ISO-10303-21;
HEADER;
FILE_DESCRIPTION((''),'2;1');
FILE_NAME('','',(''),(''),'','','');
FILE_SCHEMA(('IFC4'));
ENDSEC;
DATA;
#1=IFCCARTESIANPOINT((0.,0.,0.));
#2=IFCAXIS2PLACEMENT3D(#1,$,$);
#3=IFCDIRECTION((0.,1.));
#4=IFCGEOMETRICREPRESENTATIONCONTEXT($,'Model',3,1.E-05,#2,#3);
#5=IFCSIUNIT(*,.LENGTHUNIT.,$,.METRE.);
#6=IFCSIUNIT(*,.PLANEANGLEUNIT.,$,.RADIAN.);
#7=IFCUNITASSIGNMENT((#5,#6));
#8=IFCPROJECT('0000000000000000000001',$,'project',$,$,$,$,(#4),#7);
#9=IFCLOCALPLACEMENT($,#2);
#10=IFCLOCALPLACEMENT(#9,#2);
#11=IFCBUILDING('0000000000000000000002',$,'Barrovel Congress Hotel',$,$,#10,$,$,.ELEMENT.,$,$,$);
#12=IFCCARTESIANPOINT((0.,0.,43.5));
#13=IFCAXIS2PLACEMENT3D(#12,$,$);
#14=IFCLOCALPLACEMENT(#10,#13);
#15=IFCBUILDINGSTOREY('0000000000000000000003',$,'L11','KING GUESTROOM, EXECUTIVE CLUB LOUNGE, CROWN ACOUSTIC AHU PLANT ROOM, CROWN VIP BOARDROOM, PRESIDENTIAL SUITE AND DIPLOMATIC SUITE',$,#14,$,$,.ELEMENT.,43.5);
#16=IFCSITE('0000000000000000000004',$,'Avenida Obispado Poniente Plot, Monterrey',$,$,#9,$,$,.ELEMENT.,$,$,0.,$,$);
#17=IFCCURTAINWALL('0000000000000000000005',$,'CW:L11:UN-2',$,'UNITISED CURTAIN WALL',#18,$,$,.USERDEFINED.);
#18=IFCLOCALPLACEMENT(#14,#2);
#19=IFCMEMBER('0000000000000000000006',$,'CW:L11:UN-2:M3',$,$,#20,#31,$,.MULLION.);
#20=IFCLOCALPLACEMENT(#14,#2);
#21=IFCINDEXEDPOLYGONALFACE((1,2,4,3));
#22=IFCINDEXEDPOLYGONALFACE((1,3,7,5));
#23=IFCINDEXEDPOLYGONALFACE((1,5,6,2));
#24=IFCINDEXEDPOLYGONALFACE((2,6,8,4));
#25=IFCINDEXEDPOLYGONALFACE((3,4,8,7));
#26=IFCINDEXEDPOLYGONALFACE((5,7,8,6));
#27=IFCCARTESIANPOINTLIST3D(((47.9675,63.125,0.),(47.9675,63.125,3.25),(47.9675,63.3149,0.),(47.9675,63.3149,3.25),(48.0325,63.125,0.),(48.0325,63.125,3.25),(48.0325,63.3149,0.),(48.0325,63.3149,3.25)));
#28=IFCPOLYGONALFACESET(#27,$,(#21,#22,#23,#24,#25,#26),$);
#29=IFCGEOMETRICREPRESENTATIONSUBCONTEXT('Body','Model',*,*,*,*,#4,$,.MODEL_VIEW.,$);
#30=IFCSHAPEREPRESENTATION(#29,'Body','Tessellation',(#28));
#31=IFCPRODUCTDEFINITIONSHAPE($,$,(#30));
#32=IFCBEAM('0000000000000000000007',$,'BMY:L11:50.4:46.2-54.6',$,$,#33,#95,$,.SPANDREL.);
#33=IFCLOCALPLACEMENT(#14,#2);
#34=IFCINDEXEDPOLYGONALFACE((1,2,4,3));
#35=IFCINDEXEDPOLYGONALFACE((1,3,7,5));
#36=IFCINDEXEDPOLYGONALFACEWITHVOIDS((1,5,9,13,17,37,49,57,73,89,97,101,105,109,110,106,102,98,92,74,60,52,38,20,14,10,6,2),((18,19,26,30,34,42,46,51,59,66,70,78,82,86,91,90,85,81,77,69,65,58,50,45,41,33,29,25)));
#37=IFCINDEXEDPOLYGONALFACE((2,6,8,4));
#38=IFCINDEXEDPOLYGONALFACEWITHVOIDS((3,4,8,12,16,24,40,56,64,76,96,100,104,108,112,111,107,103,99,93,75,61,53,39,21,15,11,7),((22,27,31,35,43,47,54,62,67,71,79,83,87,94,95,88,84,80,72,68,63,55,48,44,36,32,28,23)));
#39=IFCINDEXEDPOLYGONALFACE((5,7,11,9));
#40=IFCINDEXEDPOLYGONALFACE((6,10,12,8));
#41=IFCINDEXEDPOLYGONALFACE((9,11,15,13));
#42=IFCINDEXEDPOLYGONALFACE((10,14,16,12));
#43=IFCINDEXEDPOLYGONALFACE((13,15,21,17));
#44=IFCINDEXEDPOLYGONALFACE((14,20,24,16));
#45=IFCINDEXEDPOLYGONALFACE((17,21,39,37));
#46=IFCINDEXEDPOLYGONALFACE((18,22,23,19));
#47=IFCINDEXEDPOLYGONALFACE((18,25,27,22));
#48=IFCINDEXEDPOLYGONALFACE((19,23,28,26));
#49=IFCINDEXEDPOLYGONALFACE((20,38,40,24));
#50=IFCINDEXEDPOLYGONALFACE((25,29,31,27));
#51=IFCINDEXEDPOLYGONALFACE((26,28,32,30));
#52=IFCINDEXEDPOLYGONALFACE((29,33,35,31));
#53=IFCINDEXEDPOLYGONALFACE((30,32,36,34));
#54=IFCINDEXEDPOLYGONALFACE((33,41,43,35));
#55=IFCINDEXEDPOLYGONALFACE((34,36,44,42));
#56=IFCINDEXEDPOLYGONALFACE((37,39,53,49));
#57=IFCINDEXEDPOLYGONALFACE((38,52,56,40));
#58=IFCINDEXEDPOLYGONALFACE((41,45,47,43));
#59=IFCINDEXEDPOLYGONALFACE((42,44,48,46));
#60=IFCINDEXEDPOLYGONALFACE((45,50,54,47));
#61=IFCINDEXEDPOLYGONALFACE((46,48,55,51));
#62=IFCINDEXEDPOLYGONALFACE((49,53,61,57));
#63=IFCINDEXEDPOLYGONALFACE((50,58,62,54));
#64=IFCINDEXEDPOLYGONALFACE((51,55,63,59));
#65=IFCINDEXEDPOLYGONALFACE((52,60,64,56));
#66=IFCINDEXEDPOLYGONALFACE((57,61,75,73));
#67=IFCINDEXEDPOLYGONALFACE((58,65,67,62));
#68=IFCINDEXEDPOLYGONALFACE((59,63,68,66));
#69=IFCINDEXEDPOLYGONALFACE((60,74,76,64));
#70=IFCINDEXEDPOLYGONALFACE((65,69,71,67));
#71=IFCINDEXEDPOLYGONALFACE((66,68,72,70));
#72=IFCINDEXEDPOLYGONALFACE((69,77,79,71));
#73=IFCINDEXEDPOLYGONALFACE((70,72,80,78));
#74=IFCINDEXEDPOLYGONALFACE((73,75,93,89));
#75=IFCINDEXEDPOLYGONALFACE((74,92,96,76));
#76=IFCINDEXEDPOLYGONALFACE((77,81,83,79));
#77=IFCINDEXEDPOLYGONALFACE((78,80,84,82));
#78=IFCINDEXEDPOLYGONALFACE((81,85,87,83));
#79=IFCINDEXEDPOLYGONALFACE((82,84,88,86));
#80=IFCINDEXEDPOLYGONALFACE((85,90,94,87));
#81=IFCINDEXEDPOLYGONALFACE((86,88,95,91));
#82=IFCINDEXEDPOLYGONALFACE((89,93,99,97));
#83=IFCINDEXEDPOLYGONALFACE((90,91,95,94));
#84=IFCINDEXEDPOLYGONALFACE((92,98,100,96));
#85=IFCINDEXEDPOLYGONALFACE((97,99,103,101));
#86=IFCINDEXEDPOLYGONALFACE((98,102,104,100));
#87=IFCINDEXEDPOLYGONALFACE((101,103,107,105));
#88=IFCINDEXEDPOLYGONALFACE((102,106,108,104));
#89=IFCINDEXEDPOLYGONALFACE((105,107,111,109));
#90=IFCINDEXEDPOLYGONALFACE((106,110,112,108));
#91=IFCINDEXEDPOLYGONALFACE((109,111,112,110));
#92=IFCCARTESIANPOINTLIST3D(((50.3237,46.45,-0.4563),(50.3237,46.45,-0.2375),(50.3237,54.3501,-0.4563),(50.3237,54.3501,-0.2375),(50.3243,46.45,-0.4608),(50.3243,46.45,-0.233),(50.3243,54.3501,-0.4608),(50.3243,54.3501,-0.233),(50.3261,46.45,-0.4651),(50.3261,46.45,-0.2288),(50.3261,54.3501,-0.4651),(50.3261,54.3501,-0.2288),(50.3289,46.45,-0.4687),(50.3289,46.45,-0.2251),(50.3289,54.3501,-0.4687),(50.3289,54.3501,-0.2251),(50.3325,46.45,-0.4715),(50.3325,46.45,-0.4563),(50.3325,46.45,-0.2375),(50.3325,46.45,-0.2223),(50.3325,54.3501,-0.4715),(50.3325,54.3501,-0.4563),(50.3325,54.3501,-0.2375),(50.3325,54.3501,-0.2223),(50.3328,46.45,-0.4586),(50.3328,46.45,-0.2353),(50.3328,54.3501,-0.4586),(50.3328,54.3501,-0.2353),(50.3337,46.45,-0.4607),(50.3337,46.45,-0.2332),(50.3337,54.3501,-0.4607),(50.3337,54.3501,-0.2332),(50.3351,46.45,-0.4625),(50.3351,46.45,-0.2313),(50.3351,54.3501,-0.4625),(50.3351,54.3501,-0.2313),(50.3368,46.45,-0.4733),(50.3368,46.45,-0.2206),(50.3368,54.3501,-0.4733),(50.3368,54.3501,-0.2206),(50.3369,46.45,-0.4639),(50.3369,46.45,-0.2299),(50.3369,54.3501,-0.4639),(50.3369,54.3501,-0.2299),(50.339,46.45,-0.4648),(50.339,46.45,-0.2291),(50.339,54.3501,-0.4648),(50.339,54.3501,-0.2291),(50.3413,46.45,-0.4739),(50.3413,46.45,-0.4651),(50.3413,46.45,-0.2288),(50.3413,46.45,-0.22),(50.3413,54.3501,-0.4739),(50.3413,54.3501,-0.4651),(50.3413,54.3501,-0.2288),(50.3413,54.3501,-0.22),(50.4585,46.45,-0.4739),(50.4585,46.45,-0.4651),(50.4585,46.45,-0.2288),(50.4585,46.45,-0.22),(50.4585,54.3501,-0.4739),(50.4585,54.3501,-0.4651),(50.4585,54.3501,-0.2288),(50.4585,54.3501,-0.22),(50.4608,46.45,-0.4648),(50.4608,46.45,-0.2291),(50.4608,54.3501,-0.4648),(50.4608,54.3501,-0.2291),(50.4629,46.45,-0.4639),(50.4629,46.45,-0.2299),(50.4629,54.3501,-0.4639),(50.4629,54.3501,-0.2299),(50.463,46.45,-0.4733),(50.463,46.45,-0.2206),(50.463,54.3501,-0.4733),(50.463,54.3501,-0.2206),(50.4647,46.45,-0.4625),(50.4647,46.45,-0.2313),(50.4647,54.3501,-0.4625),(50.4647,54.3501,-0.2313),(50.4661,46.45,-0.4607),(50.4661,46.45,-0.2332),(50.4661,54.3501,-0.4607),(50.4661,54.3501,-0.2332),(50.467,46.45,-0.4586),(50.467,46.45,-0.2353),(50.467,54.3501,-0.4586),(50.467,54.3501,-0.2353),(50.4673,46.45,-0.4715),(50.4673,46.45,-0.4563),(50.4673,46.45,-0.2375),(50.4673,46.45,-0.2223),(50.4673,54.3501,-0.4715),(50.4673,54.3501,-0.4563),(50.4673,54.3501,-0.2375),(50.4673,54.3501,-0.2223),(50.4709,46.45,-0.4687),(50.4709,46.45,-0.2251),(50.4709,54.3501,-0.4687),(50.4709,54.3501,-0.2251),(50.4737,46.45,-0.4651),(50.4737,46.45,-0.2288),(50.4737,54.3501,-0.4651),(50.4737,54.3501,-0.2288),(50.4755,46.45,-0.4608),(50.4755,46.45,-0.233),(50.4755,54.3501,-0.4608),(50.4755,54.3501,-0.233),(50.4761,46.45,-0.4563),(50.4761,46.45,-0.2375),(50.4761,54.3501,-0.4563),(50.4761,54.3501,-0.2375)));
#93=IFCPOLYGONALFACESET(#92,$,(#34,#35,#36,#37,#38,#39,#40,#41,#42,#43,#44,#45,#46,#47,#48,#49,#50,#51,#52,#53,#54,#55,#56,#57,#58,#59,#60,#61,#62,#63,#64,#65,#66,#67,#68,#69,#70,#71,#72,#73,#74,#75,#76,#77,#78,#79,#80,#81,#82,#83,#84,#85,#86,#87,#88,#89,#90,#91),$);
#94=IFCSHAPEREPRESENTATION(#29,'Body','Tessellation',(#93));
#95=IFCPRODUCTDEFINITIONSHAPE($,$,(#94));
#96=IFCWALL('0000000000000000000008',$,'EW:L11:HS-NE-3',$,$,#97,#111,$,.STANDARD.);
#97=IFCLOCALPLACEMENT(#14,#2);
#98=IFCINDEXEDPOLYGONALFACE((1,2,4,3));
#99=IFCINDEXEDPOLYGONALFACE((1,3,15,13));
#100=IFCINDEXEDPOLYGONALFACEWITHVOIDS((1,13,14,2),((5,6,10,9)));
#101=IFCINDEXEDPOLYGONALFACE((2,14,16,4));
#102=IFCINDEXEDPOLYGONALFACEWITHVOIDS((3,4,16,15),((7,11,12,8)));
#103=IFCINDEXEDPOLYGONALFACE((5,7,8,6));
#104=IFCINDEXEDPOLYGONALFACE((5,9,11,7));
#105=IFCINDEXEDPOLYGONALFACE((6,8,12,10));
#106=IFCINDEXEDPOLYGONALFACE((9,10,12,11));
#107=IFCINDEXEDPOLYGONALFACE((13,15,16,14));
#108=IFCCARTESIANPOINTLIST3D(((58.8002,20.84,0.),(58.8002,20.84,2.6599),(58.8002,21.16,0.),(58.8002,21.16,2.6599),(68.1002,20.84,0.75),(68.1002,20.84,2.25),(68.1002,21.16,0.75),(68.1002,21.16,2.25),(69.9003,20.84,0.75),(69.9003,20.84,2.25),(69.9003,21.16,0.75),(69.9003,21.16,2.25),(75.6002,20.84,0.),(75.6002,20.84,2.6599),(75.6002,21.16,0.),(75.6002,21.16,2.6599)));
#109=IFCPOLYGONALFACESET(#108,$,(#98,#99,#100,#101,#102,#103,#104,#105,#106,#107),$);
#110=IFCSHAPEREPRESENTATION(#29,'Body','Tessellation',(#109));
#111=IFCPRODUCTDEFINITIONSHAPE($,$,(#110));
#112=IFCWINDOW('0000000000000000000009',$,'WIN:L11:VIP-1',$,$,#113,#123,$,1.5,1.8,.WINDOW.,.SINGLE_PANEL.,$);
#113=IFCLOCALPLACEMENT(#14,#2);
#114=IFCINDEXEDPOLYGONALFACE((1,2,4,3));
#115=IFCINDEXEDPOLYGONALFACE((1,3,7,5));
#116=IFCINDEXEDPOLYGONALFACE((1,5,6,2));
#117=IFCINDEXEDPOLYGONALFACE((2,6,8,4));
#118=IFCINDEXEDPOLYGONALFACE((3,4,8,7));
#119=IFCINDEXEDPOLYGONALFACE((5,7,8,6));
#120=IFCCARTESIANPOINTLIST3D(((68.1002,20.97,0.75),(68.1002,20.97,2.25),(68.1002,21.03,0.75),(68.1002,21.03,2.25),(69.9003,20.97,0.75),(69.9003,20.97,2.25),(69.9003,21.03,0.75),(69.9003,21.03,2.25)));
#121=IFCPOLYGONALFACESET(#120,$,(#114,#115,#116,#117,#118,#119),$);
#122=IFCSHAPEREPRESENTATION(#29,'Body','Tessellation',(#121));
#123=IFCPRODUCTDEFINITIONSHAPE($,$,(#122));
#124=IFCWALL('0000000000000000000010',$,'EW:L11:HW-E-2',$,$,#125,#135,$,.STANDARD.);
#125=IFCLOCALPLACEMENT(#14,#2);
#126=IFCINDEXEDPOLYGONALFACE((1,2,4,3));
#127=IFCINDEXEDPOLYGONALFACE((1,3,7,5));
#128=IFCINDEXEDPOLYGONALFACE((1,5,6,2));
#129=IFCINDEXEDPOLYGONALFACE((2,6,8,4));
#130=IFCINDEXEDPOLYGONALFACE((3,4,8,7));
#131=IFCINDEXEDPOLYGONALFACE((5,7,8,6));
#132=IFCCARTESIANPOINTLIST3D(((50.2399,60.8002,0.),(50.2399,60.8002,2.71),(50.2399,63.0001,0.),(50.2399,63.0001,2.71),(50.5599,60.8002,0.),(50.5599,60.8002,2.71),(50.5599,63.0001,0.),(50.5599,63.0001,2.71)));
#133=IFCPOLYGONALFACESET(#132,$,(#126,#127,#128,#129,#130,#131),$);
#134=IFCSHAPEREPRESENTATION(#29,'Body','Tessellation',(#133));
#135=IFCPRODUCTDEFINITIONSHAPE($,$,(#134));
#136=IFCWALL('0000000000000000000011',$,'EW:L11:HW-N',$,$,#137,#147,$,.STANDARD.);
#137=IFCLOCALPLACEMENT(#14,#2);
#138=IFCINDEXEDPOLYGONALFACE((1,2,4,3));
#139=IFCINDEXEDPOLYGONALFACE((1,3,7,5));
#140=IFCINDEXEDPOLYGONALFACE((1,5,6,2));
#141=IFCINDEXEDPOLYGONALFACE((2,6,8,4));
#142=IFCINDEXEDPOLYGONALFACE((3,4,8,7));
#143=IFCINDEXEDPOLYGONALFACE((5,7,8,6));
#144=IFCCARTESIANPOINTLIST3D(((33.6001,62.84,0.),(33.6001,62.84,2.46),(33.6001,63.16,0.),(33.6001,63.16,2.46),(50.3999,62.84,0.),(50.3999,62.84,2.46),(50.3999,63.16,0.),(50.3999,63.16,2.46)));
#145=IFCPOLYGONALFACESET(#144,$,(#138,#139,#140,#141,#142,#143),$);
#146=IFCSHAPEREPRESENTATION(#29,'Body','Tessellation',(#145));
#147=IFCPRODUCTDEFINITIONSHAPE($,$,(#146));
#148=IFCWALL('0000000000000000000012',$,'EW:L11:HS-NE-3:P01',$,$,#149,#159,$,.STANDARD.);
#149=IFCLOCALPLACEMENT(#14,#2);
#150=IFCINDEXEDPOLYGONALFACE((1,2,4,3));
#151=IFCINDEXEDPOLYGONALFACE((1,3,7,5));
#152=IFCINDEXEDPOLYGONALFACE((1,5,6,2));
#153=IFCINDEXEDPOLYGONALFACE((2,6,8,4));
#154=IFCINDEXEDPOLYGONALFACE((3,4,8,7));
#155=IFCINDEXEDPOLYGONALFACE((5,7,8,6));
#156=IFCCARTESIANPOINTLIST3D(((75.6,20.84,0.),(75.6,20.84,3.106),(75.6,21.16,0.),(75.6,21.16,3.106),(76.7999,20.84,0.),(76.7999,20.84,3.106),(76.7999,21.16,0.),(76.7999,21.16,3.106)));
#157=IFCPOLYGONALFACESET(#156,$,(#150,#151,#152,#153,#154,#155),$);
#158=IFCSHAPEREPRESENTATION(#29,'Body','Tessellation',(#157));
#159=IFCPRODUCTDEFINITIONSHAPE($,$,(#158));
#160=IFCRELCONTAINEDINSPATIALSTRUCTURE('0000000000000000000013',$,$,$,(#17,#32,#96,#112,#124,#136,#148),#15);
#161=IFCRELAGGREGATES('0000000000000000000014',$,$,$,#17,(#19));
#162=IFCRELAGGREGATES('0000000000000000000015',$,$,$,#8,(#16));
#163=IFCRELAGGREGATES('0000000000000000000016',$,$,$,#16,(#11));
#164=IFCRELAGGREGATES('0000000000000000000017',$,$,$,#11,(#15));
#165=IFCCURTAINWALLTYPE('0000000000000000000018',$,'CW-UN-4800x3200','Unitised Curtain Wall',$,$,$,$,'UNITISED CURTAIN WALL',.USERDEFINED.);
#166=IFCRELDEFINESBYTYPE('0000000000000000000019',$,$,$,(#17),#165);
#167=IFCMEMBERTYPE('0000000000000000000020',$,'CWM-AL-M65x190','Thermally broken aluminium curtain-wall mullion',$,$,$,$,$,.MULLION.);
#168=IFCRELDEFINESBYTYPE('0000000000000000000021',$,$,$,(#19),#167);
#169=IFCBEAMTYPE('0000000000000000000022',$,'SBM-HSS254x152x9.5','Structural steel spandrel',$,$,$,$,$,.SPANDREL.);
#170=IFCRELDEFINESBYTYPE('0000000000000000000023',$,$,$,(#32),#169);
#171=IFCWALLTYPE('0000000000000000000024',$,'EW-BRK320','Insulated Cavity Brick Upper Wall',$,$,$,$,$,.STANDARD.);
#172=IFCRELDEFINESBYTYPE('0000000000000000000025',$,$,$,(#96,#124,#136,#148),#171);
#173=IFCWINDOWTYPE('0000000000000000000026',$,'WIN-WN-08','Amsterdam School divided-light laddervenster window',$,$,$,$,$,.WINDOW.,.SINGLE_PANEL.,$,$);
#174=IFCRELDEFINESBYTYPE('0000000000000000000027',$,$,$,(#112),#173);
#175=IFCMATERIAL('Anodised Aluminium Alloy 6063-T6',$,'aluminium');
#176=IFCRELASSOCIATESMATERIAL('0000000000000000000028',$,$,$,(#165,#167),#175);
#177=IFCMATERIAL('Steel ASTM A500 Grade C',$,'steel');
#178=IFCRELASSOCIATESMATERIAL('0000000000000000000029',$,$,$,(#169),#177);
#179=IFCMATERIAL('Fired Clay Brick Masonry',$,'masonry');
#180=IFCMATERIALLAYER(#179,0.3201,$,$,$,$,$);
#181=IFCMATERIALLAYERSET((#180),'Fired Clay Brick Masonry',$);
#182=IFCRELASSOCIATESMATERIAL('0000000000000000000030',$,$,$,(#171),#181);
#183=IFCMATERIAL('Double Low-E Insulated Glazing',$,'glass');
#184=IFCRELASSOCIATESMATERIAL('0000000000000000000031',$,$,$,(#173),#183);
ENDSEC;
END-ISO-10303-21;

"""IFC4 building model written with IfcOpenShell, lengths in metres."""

from ifc_helpers import new_model, si_unit, direction, frame, frame_2d, origin, origin_2d, place, context, subcontext, project, spatial, rectangle, hollow_rectangle, extrude, material, layer, layer_set, material_profile, profile_set, type_object, element, fill, aggregate, save


model = new_model("IFC4")

# Units and contexts
model_context = context("Model", 3, precision=1e-05, world=origin(), true_north=direction((0.0, 1.0)))
body_context = subcontext(model_context, "Body", "Model", "MODEL_VIEW")
ifc_project = project(units=[si_unit("LENGTHUNIT", "METRE"), si_unit("PLANEANGLEUNIT", "RADIAN")], contexts=[model_context])

# Site, building, storey
site_placement = place(None, origin())
site = spatial("IfcSite", under=ifc_project, at=site_placement, Name="Avenida Obispado Poniente Plot, Monterrey", CompositionType="ELEMENT", RefElevation=0.0)
building_placement = place(site_placement, origin())
building = spatial("IfcBuilding", under=site, at=building_placement, Name="Barrovel Congress Hotel", CompositionType="ELEMENT")
storey_placement = place(building_placement, frame((0.0, 0.0, 43.5)))
storey = spatial("IfcBuildingStorey", under=building, at=storey_placement, Name="L11", Description="KING GUESTROOM, EXECUTIVE CLUB LOUNGE, CROWN ACOUSTIC AHU PLANT ROOM, CROWN VIP BOARDROOM, PRESIDENTIAL SUITE AND DIPLOMATIC SUITE", CompositionType="ELEMENT", Elevation=43.5)

# Curtain wall, member
ifc_material_1 = material(Name="Anodised Aluminium Alloy 6063-T6", Category="aluminium")
curtain_wall_type = type_object("IfcCurtainWallType", Name="CW-UN-4800x3200", Description="Unitised Curtain Wall", ElementType="UNITISED CURTAIN WALL", PredefinedType="USERDEFINED", material=ifc_material_1)
curtain_wall_placement = place(storey_placement, origin())
curtain_wall = element("IfcCurtainWall", 1, at=curtain_wall_placement, inside=storey, type_object=curtain_wall_type, Name="CW:L11:UN-2", ObjectType="UNITISED CURTAIN WALL", PredefinedType="USERDEFINED")
ifc_material_profile_1 = material_profile(ifc_material_1, rectangle(XDim=0.0649, YDim=0.1899, at=origin_2d()), Name="AL-M65x190")
ifc_profile_set_1 = profile_set([ifc_material_profile_1], Name="Anodised Aluminium Alloy 6063-T6")
member_type = type_object("IfcMemberType", Name="CWM-AL-M65x190", Description="Thermally broken aluminium curtain-wall mullion", PredefinedType="MULLION", material=ifc_profile_set_1)
member_placement = place(storey_placement, frame((48.0, 63.22, 0.0), z_axis=(0.0, 0.0, 1.0), x_axis=(1.0, 0.0, 0.0)))
member = element("IfcMember", 2, at=member_placement, type_object=member_type, Name="CW:L11:UN-2:M3", PredefinedType="MULLION", context=body_context, shape_type="SweptSolid", body=[
    extrude(rectangle(XDim=0.0649, YDim=0.1899, at=origin_2d()), origin(), (0.0, 0.0, 1.0), 3.25),
])
aggregate(curtain_wall, [member])

# Beam
ifc_material_2 = material(Name="Steel ASTM A500 Grade C", Category="steel")
ifc_material_profile_2 = material_profile(ifc_material_2, hollow_rectangle(XDim=0.1523, YDim=0.2539, WallThickness=0.0088, InnerFilletRadius=0.0088, OuterFilletRadius=0.0176, at=origin_2d()), Name="HSS254x152x9.5")
ifc_profile_set_2 = profile_set([ifc_material_profile_2], Name="Steel ASTM A500 Grade C")
beam_type_1 = type_object("IfcBeamType", Name="SBM-HSS254x152x9.5", Description="Structural steel spandrel", PredefinedType="SPANDREL", material=ifc_profile_set_2)
beam_1_placement = place(storey_placement, frame((50.3999, 46.45, -0.3469), z_axis=(0.0, 1.0, 0.0), x_axis=(-1.0, 0.0, 0.0)))
element("IfcBeam", 3, at=beam_1_placement, inside=storey, type_object=beam_type_1, Name="BMY:L11:50.4:46.2-54.6", PredefinedType="SPANDREL", context=body_context, shape_type="SweptSolid", body=[
    extrude(hollow_rectangle(XDim=0.1523, YDim=0.2539, WallThickness=0.0088, InnerFilletRadius=0.0088, OuterFilletRadius=0.0176, at=origin_2d()), origin(), (0.0, 0.0, 1.0), 7.9001),
])

# Wall, opening, window
ifc_material_3 = material(Name="Fired Clay Brick Masonry", Category="masonry")
ifc_layer_1 = layer(ifc_material_3, 0.3201)
ifc_layer_set_1 = layer_set([ifc_layer_1], Name="Fired Clay Brick Masonry")
wall_type_1 = type_object("IfcWallType", Name="EW-BRK320", Description="Insulated Cavity Brick Upper Wall", PredefinedType="STANDARD", material=ifc_layer_set_1)
wall_1_placement = place(storey_placement, frame((75.6001, 21.0, 0.0), z_axis=(0.0, 0.0, 1.0), x_axis=(-1.0, 0.0, 0.0)))
wall_1 = element("IfcWall", 4, at=wall_1_placement, inside=storey, type_object=wall_type_1, Name="EW:L11:HS-NE-3", PredefinedType="STANDARD", context=body_context, shape_type="SweptSolid", body=[
    extrude(rectangle(XDim=16.8, YDim=0.3201, at=frame_2d((8.3999, 0.0))), origin(), (0.0, 0.0, 1.0), 2.6599),
])
opening_1_placement = place(wall_1_placement, frame((5.7, 0.0, 0.75)))
opening_1 = element("IfcOpeningElement", 5, at=opening_1_placement, cuts=wall_1, PredefinedType="OPENING", context=body_context, shape_type="SweptSolid", body=[
    extrude(rectangle(XDim=1.8, YDim=1.5, at=frame_2d((0.8999, 0.75))), frame((0.0, 0.1699, 0.0), z_axis=(0.0, -1.0, 0.0), x_axis=(1.0, 0.0, 0.0)), (0.0, 0.0, 1.0), 0.3401),
])
ifc_material_4 = material(Name="Double Low-E Insulated Glazing", Category="glass")
window_type_1 = type_object("IfcWindowType", Name="WIN-WN-08", Description="Amsterdam School divided-light laddervenster window", PartitioningType="SINGLE_PANEL", PredefinedType="WINDOW", material=ifc_material_4)
window_1_placement = place(opening_1_placement, origin())
window_1 = element("IfcWindow", 6, at=window_1_placement, inside=storey, type_object=window_type_1, Name="WIN:L11:VIP-1", OverallHeight=1.5, OverallWidth=1.8, PartitioningType="SINGLE_PANEL", PredefinedType="WINDOW", context=body_context, shape_type="SweptSolid", body=[
    extrude(rectangle(XDim=1.8, YDim=1.5, at=frame_2d((0.8999, 0.75))), frame((0.0, 0.03, 0.0), z_axis=(0.0, -1.0, 0.0), x_axis=(1.0, 0.0, 0.0)), (0.0, 0.0, 1.0), 0.0601),
])
fill(opening_1, window_1)

# Walls
wall_2_placement = place(storey_placement, frame((50.3999, 60.8, 0.0), z_axis=(0.0, 0.0, 1.0), x_axis=(0.0, 1.0, 0.0)))
element("IfcWall", 7, at=wall_2_placement, inside=storey, type_object=wall_type_1, Name="EW:L11:HW-E-2", PredefinedType="STANDARD", context=body_context, shape_type="SweptSolid", body=[
    extrude(rectangle(XDim=2.2, YDim=0.3201, at=frame_2d((1.1001, 0.0))), origin(), (0.0, 0.0, 1.0), 2.71),
])
wall_3_placement = place(storey_placement, frame((50.3999, 63.0, 0.0), z_axis=(0.0, 0.0, 1.0), x_axis=(-1.0, 0.0, 0.0)))
element("IfcWall", 8, at=wall_3_placement, inside=storey, type_object=wall_type_1, Name="EW:L11:HW-N", PredefinedType="STANDARD", context=body_context, shape_type="SweptSolid", body=[
    extrude(rectangle(XDim=16.7998, YDim=0.3201, at=frame_2d((8.3999, 0.0))), origin(), (0.0, 0.0, 1.0), 2.46),
])
wall_4_placement = place(storey_placement, frame((76.8, 21.0, 0.0), z_axis=(0.0, 0.0, 1.0), x_axis=(-1.0, 0.0, 0.0)))
element("IfcWall", 9, at=wall_4_placement, inside=storey, type_object=wall_type_1, Name="EW:L11:HS-NE-3:P01", PredefinedType="STANDARD", context=body_context, shape_type="SweptSolid", body=[
    extrude(rectangle(XDim=1.2, YDim=0.3201, at=frame_2d((0.6001, 0.0))), origin(), (0.0, 0.0, 1.0), 3.106),
])

save(model, "model.ifc")
